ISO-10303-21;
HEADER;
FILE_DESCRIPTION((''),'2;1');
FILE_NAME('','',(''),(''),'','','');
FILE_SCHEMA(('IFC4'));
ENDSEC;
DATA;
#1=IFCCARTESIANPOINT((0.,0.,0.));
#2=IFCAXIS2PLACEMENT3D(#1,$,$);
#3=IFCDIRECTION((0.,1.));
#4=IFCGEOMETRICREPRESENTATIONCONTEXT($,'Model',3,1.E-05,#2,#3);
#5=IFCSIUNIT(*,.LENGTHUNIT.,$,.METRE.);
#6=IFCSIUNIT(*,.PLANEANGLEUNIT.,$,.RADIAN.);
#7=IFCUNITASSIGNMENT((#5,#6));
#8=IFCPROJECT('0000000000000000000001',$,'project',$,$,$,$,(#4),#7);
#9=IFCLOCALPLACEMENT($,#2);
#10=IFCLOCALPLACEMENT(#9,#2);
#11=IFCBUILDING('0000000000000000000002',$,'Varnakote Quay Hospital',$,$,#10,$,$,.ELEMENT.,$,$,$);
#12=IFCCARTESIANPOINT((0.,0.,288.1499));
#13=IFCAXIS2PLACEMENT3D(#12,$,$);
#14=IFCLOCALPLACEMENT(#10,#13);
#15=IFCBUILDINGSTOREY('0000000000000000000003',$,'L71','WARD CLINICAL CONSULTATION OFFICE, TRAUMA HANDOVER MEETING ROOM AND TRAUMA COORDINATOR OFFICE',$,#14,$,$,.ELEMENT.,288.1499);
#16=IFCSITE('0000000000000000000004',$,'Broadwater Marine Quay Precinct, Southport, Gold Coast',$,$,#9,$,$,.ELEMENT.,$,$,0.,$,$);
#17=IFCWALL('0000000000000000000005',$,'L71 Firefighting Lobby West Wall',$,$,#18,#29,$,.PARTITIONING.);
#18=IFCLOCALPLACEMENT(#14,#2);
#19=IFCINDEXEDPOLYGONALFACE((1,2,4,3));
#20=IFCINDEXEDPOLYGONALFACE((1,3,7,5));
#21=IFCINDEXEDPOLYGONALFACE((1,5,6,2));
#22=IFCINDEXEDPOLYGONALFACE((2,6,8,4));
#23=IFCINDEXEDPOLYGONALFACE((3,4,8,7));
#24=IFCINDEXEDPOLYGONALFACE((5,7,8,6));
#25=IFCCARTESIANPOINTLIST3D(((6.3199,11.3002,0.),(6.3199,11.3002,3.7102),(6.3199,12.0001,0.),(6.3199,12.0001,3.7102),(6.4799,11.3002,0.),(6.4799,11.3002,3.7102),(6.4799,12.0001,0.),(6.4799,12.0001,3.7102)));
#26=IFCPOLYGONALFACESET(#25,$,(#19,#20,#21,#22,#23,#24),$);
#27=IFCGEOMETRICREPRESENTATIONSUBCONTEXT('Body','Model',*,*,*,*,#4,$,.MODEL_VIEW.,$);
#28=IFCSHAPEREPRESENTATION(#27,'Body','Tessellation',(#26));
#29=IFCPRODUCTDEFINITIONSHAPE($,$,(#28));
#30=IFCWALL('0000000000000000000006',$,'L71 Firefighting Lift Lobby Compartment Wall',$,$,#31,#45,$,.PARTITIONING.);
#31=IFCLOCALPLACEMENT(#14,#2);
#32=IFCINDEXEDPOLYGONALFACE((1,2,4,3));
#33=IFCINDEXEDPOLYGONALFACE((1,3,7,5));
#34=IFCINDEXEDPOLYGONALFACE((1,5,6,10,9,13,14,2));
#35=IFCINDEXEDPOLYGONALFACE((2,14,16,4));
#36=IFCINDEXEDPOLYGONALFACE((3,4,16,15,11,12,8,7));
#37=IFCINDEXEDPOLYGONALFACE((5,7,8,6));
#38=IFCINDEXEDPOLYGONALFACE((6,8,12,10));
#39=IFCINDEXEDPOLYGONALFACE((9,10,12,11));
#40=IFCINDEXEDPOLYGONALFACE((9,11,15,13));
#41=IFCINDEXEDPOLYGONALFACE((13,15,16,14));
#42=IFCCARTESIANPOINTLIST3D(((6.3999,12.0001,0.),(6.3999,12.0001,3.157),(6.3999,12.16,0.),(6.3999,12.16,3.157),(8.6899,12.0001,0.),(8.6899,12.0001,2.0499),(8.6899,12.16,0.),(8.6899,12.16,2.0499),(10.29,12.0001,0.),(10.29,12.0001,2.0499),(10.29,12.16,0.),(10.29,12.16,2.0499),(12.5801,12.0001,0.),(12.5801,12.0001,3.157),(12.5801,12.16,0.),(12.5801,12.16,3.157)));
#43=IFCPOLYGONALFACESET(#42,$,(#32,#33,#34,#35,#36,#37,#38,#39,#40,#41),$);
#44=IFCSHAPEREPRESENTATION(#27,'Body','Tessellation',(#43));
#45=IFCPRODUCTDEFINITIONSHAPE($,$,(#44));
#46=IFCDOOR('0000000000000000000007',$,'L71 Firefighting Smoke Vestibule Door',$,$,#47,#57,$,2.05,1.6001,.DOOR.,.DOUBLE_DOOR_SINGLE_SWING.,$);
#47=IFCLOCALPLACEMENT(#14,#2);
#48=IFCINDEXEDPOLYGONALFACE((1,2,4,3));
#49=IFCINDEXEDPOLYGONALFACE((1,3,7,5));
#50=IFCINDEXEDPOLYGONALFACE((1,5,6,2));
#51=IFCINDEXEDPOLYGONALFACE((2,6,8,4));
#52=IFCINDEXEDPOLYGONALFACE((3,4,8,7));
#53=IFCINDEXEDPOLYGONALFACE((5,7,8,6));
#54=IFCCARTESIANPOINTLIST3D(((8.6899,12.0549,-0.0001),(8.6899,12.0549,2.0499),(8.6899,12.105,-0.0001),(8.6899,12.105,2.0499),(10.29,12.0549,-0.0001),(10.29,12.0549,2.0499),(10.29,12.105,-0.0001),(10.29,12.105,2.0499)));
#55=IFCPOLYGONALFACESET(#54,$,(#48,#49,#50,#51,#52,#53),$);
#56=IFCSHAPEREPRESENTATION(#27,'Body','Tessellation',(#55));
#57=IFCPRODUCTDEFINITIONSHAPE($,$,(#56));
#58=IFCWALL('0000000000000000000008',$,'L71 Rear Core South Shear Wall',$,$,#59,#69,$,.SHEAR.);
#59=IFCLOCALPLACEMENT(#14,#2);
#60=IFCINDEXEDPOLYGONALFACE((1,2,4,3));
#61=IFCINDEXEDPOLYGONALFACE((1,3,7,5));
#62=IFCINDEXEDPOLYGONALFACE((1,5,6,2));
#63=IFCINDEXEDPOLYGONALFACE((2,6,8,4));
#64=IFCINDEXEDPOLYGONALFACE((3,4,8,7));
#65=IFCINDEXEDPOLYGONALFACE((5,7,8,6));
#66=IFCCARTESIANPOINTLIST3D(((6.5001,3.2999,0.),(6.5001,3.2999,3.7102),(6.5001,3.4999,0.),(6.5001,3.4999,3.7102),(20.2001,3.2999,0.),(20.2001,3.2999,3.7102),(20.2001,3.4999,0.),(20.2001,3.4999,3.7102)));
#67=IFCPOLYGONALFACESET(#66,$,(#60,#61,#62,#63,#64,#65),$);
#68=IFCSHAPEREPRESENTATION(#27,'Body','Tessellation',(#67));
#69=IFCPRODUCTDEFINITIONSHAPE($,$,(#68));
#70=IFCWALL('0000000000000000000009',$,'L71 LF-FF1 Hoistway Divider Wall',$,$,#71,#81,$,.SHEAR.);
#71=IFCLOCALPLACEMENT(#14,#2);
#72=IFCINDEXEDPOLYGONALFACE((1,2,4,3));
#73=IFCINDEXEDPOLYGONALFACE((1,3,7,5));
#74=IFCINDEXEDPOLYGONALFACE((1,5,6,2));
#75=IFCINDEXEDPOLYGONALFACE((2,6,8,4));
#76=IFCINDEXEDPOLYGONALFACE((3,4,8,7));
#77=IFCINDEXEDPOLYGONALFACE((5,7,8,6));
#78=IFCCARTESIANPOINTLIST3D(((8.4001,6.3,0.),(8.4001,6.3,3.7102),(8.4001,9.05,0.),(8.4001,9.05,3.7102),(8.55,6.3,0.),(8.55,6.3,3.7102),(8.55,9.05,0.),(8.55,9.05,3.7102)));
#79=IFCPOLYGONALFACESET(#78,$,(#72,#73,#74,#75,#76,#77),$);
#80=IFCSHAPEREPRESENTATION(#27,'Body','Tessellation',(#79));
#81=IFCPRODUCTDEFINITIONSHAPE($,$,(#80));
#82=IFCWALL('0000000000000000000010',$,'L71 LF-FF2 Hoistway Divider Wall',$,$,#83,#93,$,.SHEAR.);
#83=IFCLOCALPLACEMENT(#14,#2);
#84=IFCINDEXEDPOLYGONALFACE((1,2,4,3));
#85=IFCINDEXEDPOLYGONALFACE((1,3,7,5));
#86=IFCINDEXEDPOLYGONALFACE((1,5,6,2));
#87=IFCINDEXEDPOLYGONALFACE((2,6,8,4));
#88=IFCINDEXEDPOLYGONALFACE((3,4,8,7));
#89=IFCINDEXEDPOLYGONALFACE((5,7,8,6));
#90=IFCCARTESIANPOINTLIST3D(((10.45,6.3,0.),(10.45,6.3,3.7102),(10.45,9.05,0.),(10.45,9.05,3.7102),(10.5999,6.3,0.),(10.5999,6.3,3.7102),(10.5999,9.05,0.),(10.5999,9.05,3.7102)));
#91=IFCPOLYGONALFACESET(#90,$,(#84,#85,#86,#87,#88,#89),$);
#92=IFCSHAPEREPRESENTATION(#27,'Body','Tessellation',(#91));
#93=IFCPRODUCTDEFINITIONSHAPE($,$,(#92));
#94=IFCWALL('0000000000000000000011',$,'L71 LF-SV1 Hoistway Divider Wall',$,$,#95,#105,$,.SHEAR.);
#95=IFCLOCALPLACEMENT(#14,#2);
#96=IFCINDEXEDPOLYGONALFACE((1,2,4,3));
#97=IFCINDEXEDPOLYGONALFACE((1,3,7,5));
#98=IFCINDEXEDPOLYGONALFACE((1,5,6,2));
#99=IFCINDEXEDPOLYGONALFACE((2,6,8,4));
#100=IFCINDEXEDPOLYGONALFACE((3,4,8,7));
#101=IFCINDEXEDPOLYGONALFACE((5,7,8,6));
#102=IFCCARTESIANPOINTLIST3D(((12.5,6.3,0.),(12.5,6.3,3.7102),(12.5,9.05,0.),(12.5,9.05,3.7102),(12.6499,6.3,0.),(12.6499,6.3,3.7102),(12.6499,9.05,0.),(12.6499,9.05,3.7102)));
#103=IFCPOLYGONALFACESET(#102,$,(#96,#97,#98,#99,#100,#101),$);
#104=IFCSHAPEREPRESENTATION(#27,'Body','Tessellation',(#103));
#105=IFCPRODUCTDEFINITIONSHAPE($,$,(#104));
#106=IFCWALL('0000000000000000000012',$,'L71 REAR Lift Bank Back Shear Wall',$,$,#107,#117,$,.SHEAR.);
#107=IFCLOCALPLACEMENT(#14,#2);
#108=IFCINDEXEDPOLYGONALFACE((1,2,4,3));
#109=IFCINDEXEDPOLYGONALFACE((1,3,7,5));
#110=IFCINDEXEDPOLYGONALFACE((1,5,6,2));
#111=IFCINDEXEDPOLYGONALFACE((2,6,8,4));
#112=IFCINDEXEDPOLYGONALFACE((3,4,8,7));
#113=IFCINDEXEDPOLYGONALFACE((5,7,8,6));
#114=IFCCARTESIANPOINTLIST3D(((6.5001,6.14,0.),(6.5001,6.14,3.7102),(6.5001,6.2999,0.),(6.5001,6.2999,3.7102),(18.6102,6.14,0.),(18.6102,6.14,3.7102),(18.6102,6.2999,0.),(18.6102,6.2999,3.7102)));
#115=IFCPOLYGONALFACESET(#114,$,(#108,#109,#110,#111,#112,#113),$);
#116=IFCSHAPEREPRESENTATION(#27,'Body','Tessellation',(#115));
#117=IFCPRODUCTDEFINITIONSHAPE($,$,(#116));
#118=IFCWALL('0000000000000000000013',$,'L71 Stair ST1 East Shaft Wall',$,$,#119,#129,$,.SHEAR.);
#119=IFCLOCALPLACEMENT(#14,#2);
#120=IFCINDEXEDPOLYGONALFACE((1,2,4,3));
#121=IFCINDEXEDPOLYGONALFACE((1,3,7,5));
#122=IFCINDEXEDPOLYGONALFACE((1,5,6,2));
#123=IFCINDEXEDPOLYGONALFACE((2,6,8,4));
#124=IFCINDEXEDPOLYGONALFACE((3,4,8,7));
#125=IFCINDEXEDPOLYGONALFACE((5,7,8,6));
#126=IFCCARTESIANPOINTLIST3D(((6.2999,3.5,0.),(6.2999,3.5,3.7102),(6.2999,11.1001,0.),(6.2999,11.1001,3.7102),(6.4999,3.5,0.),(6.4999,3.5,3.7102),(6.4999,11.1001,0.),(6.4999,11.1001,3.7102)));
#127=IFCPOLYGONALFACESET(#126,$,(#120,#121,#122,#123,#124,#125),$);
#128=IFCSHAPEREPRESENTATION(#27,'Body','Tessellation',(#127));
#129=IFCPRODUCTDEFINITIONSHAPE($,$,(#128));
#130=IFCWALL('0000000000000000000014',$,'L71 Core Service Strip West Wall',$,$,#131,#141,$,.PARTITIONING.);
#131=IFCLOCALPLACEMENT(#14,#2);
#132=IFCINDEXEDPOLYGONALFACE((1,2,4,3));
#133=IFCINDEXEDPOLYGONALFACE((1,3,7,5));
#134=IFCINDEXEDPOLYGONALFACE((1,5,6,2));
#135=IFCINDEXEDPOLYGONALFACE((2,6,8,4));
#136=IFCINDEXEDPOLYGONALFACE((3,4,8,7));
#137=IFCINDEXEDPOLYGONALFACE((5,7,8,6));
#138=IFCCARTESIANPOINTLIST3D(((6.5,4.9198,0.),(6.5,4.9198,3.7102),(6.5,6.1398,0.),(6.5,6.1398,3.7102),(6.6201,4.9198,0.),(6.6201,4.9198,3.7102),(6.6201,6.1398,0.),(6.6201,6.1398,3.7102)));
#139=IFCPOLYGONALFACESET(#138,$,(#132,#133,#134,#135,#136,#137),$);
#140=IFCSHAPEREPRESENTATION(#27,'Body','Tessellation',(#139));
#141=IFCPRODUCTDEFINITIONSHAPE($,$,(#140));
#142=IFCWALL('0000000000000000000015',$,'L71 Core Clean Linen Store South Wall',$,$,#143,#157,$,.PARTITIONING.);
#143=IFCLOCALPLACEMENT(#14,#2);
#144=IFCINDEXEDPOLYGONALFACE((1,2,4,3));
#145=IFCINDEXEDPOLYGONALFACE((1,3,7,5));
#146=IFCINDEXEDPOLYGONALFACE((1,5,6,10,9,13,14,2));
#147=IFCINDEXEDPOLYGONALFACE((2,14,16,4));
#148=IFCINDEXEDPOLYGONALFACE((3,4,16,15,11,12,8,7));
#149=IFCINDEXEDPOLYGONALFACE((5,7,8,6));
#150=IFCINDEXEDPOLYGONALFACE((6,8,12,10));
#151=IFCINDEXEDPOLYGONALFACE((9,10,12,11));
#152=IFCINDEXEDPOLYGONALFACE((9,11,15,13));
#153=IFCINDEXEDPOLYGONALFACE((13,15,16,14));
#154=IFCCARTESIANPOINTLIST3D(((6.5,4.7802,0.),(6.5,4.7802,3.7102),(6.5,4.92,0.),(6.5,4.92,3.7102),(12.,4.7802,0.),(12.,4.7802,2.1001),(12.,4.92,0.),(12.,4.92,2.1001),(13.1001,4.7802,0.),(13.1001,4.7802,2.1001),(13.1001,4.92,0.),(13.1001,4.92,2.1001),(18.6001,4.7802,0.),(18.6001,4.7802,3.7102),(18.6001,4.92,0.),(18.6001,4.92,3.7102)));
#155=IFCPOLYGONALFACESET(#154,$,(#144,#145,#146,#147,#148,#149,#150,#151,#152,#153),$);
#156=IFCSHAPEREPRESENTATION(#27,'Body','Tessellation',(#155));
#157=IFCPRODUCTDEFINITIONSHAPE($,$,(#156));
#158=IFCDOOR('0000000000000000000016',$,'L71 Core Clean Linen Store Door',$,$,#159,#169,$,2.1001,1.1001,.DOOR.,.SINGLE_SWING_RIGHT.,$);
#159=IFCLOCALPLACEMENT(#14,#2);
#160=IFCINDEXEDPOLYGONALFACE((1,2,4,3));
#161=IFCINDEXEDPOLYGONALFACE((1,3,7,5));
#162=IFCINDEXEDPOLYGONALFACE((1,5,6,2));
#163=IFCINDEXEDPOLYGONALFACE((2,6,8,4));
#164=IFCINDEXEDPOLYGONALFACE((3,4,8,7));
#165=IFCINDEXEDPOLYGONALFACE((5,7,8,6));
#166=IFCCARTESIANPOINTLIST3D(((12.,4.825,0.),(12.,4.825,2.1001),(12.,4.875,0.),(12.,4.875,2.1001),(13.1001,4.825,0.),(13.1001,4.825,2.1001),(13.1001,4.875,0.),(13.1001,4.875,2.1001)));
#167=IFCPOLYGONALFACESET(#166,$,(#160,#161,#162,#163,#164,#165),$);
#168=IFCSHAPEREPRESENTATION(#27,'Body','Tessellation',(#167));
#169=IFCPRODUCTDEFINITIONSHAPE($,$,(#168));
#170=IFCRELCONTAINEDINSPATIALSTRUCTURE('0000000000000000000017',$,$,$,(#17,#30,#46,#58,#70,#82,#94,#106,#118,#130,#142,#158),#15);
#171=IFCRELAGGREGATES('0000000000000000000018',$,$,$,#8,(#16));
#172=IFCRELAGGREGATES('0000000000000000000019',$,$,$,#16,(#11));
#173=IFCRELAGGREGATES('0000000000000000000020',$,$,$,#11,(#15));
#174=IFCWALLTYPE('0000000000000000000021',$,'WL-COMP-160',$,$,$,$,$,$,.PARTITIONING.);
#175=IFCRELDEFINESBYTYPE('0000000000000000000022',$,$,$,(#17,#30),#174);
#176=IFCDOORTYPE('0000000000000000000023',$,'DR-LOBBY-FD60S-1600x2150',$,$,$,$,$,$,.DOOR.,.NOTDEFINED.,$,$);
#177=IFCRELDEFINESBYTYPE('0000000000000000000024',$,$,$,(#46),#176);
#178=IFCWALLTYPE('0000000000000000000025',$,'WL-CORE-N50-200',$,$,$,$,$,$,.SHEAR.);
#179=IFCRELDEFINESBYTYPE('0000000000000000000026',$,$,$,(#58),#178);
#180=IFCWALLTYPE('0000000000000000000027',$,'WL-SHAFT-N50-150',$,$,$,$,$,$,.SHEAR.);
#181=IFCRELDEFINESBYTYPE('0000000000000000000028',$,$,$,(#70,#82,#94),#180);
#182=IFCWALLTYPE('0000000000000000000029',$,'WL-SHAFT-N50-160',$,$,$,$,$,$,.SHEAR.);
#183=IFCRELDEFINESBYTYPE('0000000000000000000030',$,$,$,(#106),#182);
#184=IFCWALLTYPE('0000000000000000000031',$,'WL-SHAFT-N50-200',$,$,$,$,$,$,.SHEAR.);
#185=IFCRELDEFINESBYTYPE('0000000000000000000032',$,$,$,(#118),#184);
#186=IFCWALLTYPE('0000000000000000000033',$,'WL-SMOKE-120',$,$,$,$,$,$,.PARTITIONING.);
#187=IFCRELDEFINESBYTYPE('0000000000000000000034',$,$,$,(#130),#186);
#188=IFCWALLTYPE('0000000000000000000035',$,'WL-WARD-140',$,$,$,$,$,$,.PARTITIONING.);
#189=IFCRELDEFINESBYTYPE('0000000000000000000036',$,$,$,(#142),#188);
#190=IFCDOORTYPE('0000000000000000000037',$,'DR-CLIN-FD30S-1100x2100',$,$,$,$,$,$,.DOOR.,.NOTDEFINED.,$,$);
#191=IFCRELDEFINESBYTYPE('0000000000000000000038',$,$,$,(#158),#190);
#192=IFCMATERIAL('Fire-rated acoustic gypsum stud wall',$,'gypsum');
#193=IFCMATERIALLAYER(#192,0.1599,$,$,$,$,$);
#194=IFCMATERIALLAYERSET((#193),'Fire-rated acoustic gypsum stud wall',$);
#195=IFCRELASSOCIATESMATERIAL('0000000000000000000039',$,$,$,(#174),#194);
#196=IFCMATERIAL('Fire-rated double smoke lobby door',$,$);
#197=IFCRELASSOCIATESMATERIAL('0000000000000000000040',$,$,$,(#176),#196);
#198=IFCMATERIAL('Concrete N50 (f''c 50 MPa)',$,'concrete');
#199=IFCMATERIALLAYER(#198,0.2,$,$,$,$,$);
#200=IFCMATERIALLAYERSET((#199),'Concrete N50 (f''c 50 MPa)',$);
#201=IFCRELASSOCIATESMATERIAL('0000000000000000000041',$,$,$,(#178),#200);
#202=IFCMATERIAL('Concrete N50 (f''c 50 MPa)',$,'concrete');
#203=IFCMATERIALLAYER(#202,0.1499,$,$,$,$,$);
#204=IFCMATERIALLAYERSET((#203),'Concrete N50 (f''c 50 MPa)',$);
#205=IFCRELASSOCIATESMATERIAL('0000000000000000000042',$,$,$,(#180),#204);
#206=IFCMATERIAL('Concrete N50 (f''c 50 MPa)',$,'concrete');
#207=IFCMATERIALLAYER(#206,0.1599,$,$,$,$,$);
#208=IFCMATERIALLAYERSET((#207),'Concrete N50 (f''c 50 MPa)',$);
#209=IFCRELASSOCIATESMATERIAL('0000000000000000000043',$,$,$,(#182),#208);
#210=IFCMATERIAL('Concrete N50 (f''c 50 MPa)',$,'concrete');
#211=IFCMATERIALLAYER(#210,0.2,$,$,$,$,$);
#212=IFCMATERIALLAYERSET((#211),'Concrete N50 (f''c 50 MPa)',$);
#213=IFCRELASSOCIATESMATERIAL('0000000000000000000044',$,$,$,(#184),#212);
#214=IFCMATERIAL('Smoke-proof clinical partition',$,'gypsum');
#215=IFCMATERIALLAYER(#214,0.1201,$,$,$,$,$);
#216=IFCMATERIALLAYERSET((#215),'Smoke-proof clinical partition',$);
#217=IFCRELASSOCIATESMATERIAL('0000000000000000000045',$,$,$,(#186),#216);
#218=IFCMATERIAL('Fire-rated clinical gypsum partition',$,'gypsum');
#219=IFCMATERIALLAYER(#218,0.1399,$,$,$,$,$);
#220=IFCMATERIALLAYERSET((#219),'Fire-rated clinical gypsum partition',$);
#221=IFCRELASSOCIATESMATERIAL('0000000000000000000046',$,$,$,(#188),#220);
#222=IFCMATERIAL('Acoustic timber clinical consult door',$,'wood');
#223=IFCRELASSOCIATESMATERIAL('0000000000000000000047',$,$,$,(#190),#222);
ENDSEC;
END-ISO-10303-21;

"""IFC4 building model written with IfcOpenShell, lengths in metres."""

from ifc_helpers import new_model, si_unit, direction, frame, frame_2d, origin, place, context, subcontext, project, spatial, rectangle, extrude, material, layer, layer_set, type_object, element, fill, save


model = new_model("IFC4")

# Units and contexts
model_context = context("Model", 3, precision=1e-05, world=origin(), true_north=direction((0.0, 1.0)))
body_context = subcontext(model_context, "Body", "Model", "MODEL_VIEW")
ifc_project = project(units=[si_unit("LENGTHUNIT", "METRE"), si_unit("PLANEANGLEUNIT", "RADIAN")], contexts=[model_context])

# Site, building, storey
site_placement = place(None, origin())
site = spatial("IfcSite", under=ifc_project, at=site_placement, Name="Broadwater Marine Quay Precinct, Southport, Gold Coast", CompositionType="ELEMENT", RefElevation=0.0)
building_placement = place(site_placement, origin())
building = spatial("IfcBuilding", under=site, at=building_placement, Name="Varnakote Quay Hospital", CompositionType="ELEMENT")
storey_placement = place(building_placement, frame((0.0, 0.0, 288.1499)))
storey = spatial("IfcBuildingStorey", under=building, at=storey_placement, Name="L71", Description="WARD CLINICAL CONSULTATION OFFICE, TRAUMA HANDOVER MEETING ROOM AND TRAUMA COORDINATOR OFFICE", CompositionType="ELEMENT", Elevation=288.1499)

# Wall
ifc_material_1 = material(Name="Fire-rated acoustic gypsum stud wall", Category="gypsum")
ifc_layer_1 = layer(ifc_material_1, 0.1599)
ifc_layer_set_1 = layer_set([ifc_layer_1], Name="Fire-rated acoustic gypsum stud wall")
wall_type_1 = type_object("IfcWallType", Name="WL-COMP-160", PredefinedType="PARTITIONING", material=ifc_layer_set_1)
wall_1_placement = place(storey_placement, frame((6.3999, 11.3, 0.0), z_axis=(0.0, 0.0, 1.0), x_axis=(0.0, 1.0, 0.0)))
element("IfcWall", 1, at=wall_1_placement, inside=storey, type_object=wall_type_1, Name="L71 Firefighting Lobby West Wall", PredefinedType="PARTITIONING", context=body_context, shape_type="SweptSolid", body=[
    extrude(rectangle(XDim=0.7, YDim=0.1599, at=frame_2d((0.3501, 0.0))), origin(), (0.0, 0.0, 1.0), 3.7102),
])

# Wall, opening, door
wall_2_placement = place(storey_placement, frame((6.3999, 12.0801, 0.0), z_axis=(0.0, 0.0, 1.0), x_axis=(1.0, 0.0, 0.0)))
wall_2 = element("IfcWall", 2, at=wall_2_placement, inside=storey, type_object=wall_type_1, Name="L71 Firefighting Lift Lobby Compartment Wall", PredefinedType="PARTITIONING", context=body_context, shape_type="SweptSolid", body=[
    extrude(rectangle(XDim=6.1802, YDim=0.1599, at=frame_2d((3.0901, 0.0))), origin(), (0.0, 0.0, 1.0), 3.157),
])
opening_1_placement = place(wall_2_placement, frame((2.29, 0.0, 0.0)))
opening_1 = element("IfcOpeningElement", 3, at=opening_1_placement, cuts=wall_2, PredefinedType="OPENING", context=body_context, shape_type="SweptSolid", body=[
    extrude(rectangle(XDim=1.6001, YDim=2.05, at=frame_2d((0.8, 1.0249))), frame((0.0, 0.0898, 0.0), z_axis=(0.0, -1.0, 0.0), x_axis=(1.0, 0.0, 0.0)), (0.0, 0.0, 1.0), 0.1799),
])
ifc_material_2 = material(Name="Fire-rated double smoke lobby door")
door_type_1 = type_object("IfcDoorType", Name="DR-LOBBY-FD60S-1600x2150", OperationType="NOTDEFINED", PredefinedType="DOOR", material=ifc_material_2)
door_1_placement = place(opening_1_placement, origin())
door_1 = element("IfcDoor", 4, at=door_1_placement, inside=storey, type_object=door_type_1, Name="L71 Firefighting Smoke Vestibule Door", OperationType="DOUBLE_DOOR_SINGLE_SWING", OverallHeight=2.05, OverallWidth=1.6001, PredefinedType="DOOR", context=body_context, shape_type="SweptSolid", body=[
    extrude(rectangle(XDim=1.6001, YDim=2.05, at=frame_2d((0.8, 1.0249))), frame((0.0, 0.0249, 0.0), z_axis=(0.0, -1.0, 0.0), x_axis=(1.0, 0.0, 0.0)), (0.0, 0.0, 1.0), 0.05),
])
fill(opening_1, door_1)

# Walls
ifc_material_3 = material(Name="Concrete N50 (f'c 50 MPa)", Category="concrete")
ifc_layer_2 = layer(ifc_material_3, 0.2)
ifc_layer_set_2 = layer_set([ifc_layer_2], Name="Concrete N50 (f'c 50 MPa)")
wall_type_2 = type_object("IfcWallType", Name="WL-CORE-N50-200", PredefinedType="SHEAR", material=ifc_layer_set_2)
wall_3_placement = place(storey_placement, frame((6.5, 3.3999, 0.0), z_axis=(0.0, 0.0, 1.0), x_axis=(1.0, 0.0, 0.0)))
element("IfcWall", 5, at=wall_3_placement, inside=storey, type_object=wall_type_2, Name="L71 Rear Core South Shear Wall", PredefinedType="SHEAR", context=body_context, shape_type="SweptSolid", body=[
    extrude(rectangle(XDim=13.7, YDim=0.2, at=frame_2d((6.8501, 0.0))), origin(), (0.0, 0.0, 1.0), 3.7102),
])
ifc_material_4 = material(Name="Concrete N50 (f'c 50 MPa)", Category="concrete")
ifc_layer_3 = layer(ifc_material_4, 0.1499)
ifc_layer_set_3 = layer_set([ifc_layer_3], Name="Concrete N50 (f'c 50 MPa)")
wall_type_3 = type_object("IfcWallType", Name="WL-SHAFT-N50-150", PredefinedType="SHEAR", material=ifc_layer_set_3)
for number, where, z_axis, x_axis, name in (
    (6, (8.4751, 6.3, 0.0), (0.0, 0.0, 1.0), (0.0, 1.0, 0.0), "L71 LF-FF1 Hoistway Divider Wall"),
    (7, (10.5249, 6.3, 0.0), (0.0, 0.0, 1.0), (0.0, 1.0, 0.0), "L71 LF-FF2 Hoistway Divider Wall"),
    (8, (12.575, 6.3, 0.0), (0.0, 0.0, 1.0), (0.0, 1.0, 0.0), "L71 LF-SV1 Hoistway Divider Wall"),
):
    element("IfcWall", number, at=place(storey_placement, frame(where, z_axis=z_axis, x_axis=x_axis)), inside=storey, type_object=wall_type_3, Name=name, PredefinedType="SHEAR", context=body_context, shape_type="SweptSolid", body=[
        extrude(rectangle(XDim=2.75, YDim=0.1499, at=frame_2d((1.375, 0.0))), origin(), (0.0, 0.0, 1.0), 3.7102),
    ])
ifc_material_5 = material(Name="Concrete N50 (f'c 50 MPa)", Category="concrete")
ifc_layer_4 = layer(ifc_material_5, 0.1599)
ifc_layer_set_4 = layer_set([ifc_layer_4], Name="Concrete N50 (f'c 50 MPa)")
wall_type_4 = type_object("IfcWallType", Name="WL-SHAFT-N50-160", PredefinedType="SHEAR", material=ifc_layer_set_4)
wall_4_placement = place(storey_placement, frame((6.5, 6.22, 0.0), z_axis=(0.0, 0.0, 1.0), x_axis=(1.0, 0.0, 0.0)))
element("IfcWall", 9, at=wall_4_placement, inside=storey, type_object=wall_type_4, Name="L71 REAR Lift Bank Back Shear Wall", PredefinedType="SHEAR", context=body_context, shape_type="SweptSolid", body=[
    extrude(rectangle(XDim=12.1101, YDim=0.1599, at=frame_2d((6.0552, 0.0))), origin(), (0.0, 0.0, 1.0), 3.7102),
])

# Walls
ifc_material_6 = material(Name="Concrete N50 (f'c 50 MPa)", Category="concrete")
ifc_layer_5 = layer(ifc_material_6, 0.2)
ifc_layer_set_5 = layer_set([ifc_layer_5], Name="Concrete N50 (f'c 50 MPa)")
wall_type_5 = type_object("IfcWallType", Name="WL-SHAFT-N50-200", PredefinedType="SHEAR", material=ifc_layer_set_5)
wall_5_placement = place(storey_placement, frame((6.3999, 3.5, 0.0), z_axis=(0.0, 0.0, 1.0), x_axis=(0.0, 1.0, 0.0)))
element("IfcWall", 10, at=wall_5_placement, inside=storey, type_object=wall_type_5, Name="L71 Stair ST1 East Shaft Wall", PredefinedType="SHEAR", context=body_context, shape_type="SweptSolid", body=[
    extrude(rectangle(XDim=7.6001, YDim=0.2, at=frame_2d((3.8, 0.0))), origin(), (0.0, 0.0, 1.0), 3.7102),
])
ifc_material_7 = material(Name="Smoke-proof clinical partition", Category="gypsum")
ifc_layer_6 = layer(ifc_material_7, 0.1201)
ifc_layer_set_6 = layer_set([ifc_layer_6], Name="Smoke-proof clinical partition")
wall_type_6 = type_object("IfcWallType", Name="WL-SMOKE-120", PredefinedType="PARTITIONING", material=ifc_layer_set_6)
wall_6_placement = place(storey_placement, frame((6.5601, 4.9199, 0.0), z_axis=(0.0, 0.0, 1.0), x_axis=(0.0, 1.0, 0.0)))
element("IfcWall", 11, at=wall_6_placement, inside=storey, type_object=wall_type_6, Name="L71 Core Service Strip West Wall", PredefinedType="PARTITIONING", context=body_context, shape_type="SweptSolid", body=[
    extrude(rectangle(XDim=1.22, YDim=0.1201, at=frame_2d((0.6099, 0.0))), origin(), (0.0, 0.0, 1.0), 3.7102),
])

# Wall, opening, door
ifc_material_8 = material(Name="Fire-rated clinical gypsum partition", Category="gypsum")
ifc_layer_7 = layer(ifc_material_8, 0.1399)
ifc_layer_set_7 = layer_set([ifc_layer_7], Name="Fire-rated clinical gypsum partition")
wall_type_7 = type_object("IfcWallType", Name="WL-WARD-140", PredefinedType="PARTITIONING", material=ifc_layer_set_7)
wall_7_placement = place(storey_placement, frame((6.5, 4.8501, 0.0), z_axis=(0.0, 0.0, 1.0), x_axis=(1.0, 0.0, 0.0)))
wall_7 = element("IfcWall", 12, at=wall_7_placement, inside=storey, type_object=wall_type_7, Name="L71 Core Clean Linen Store South Wall", PredefinedType="PARTITIONING", context=body_context, shape_type="SweptSolid", body=[
    extrude(rectangle(XDim=12.1001, YDim=0.1399, at=frame_2d((6.05, 0.0))), origin(), (0.0, 0.0, 1.0), 3.7102),
])
opening_2_placement = place(wall_7_placement, frame((5.5, 0.0, 0.0)))
opening_2 = element("IfcOpeningElement", 13, at=opening_2_placement, cuts=wall_7, PredefinedType="OPENING", context=body_context, shape_type="SweptSolid", body=[
    extrude(rectangle(XDim=1.1001, YDim=2.1001, at=frame_2d((0.55, 1.05))), frame((0.0, 0.0798, 0.0), z_axis=(0.0, -1.0, 0.0), x_axis=(1.0, 0.0, 0.0)), (0.0, 0.0, 1.0), 0.1599),
])
ifc_material_9 = material(Name="Acoustic timber clinical consult door", Category="wood")
door_type_2 = type_object("IfcDoorType", Name="DR-CLIN-FD30S-1100x2100", OperationType="NOTDEFINED", PredefinedType="DOOR", material=ifc_material_9)
door_2_placement = place(opening_2_placement, origin())
door_2 = element("IfcDoor", 14, at=door_2_placement, inside=storey, type_object=door_type_2, Name="L71 Core Clean Linen Store Door", OperationType="SINGLE_SWING_RIGHT", OverallHeight=2.1001, OverallWidth=1.1001, PredefinedType="DOOR", context=body_context, shape_type="SweptSolid", body=[
    extrude(rectangle(XDim=1.1001, YDim=2.1001, at=frame_2d((0.55, 1.05))), frame((0.0, 0.0249, 0.0), z_axis=(0.0, -1.0, 0.0), x_axis=(1.0, 0.0, 0.0)), (0.0, 0.0, 1.0), 0.05),
])
fill(opening_2, door_2)

save(model, "model.ifc")
